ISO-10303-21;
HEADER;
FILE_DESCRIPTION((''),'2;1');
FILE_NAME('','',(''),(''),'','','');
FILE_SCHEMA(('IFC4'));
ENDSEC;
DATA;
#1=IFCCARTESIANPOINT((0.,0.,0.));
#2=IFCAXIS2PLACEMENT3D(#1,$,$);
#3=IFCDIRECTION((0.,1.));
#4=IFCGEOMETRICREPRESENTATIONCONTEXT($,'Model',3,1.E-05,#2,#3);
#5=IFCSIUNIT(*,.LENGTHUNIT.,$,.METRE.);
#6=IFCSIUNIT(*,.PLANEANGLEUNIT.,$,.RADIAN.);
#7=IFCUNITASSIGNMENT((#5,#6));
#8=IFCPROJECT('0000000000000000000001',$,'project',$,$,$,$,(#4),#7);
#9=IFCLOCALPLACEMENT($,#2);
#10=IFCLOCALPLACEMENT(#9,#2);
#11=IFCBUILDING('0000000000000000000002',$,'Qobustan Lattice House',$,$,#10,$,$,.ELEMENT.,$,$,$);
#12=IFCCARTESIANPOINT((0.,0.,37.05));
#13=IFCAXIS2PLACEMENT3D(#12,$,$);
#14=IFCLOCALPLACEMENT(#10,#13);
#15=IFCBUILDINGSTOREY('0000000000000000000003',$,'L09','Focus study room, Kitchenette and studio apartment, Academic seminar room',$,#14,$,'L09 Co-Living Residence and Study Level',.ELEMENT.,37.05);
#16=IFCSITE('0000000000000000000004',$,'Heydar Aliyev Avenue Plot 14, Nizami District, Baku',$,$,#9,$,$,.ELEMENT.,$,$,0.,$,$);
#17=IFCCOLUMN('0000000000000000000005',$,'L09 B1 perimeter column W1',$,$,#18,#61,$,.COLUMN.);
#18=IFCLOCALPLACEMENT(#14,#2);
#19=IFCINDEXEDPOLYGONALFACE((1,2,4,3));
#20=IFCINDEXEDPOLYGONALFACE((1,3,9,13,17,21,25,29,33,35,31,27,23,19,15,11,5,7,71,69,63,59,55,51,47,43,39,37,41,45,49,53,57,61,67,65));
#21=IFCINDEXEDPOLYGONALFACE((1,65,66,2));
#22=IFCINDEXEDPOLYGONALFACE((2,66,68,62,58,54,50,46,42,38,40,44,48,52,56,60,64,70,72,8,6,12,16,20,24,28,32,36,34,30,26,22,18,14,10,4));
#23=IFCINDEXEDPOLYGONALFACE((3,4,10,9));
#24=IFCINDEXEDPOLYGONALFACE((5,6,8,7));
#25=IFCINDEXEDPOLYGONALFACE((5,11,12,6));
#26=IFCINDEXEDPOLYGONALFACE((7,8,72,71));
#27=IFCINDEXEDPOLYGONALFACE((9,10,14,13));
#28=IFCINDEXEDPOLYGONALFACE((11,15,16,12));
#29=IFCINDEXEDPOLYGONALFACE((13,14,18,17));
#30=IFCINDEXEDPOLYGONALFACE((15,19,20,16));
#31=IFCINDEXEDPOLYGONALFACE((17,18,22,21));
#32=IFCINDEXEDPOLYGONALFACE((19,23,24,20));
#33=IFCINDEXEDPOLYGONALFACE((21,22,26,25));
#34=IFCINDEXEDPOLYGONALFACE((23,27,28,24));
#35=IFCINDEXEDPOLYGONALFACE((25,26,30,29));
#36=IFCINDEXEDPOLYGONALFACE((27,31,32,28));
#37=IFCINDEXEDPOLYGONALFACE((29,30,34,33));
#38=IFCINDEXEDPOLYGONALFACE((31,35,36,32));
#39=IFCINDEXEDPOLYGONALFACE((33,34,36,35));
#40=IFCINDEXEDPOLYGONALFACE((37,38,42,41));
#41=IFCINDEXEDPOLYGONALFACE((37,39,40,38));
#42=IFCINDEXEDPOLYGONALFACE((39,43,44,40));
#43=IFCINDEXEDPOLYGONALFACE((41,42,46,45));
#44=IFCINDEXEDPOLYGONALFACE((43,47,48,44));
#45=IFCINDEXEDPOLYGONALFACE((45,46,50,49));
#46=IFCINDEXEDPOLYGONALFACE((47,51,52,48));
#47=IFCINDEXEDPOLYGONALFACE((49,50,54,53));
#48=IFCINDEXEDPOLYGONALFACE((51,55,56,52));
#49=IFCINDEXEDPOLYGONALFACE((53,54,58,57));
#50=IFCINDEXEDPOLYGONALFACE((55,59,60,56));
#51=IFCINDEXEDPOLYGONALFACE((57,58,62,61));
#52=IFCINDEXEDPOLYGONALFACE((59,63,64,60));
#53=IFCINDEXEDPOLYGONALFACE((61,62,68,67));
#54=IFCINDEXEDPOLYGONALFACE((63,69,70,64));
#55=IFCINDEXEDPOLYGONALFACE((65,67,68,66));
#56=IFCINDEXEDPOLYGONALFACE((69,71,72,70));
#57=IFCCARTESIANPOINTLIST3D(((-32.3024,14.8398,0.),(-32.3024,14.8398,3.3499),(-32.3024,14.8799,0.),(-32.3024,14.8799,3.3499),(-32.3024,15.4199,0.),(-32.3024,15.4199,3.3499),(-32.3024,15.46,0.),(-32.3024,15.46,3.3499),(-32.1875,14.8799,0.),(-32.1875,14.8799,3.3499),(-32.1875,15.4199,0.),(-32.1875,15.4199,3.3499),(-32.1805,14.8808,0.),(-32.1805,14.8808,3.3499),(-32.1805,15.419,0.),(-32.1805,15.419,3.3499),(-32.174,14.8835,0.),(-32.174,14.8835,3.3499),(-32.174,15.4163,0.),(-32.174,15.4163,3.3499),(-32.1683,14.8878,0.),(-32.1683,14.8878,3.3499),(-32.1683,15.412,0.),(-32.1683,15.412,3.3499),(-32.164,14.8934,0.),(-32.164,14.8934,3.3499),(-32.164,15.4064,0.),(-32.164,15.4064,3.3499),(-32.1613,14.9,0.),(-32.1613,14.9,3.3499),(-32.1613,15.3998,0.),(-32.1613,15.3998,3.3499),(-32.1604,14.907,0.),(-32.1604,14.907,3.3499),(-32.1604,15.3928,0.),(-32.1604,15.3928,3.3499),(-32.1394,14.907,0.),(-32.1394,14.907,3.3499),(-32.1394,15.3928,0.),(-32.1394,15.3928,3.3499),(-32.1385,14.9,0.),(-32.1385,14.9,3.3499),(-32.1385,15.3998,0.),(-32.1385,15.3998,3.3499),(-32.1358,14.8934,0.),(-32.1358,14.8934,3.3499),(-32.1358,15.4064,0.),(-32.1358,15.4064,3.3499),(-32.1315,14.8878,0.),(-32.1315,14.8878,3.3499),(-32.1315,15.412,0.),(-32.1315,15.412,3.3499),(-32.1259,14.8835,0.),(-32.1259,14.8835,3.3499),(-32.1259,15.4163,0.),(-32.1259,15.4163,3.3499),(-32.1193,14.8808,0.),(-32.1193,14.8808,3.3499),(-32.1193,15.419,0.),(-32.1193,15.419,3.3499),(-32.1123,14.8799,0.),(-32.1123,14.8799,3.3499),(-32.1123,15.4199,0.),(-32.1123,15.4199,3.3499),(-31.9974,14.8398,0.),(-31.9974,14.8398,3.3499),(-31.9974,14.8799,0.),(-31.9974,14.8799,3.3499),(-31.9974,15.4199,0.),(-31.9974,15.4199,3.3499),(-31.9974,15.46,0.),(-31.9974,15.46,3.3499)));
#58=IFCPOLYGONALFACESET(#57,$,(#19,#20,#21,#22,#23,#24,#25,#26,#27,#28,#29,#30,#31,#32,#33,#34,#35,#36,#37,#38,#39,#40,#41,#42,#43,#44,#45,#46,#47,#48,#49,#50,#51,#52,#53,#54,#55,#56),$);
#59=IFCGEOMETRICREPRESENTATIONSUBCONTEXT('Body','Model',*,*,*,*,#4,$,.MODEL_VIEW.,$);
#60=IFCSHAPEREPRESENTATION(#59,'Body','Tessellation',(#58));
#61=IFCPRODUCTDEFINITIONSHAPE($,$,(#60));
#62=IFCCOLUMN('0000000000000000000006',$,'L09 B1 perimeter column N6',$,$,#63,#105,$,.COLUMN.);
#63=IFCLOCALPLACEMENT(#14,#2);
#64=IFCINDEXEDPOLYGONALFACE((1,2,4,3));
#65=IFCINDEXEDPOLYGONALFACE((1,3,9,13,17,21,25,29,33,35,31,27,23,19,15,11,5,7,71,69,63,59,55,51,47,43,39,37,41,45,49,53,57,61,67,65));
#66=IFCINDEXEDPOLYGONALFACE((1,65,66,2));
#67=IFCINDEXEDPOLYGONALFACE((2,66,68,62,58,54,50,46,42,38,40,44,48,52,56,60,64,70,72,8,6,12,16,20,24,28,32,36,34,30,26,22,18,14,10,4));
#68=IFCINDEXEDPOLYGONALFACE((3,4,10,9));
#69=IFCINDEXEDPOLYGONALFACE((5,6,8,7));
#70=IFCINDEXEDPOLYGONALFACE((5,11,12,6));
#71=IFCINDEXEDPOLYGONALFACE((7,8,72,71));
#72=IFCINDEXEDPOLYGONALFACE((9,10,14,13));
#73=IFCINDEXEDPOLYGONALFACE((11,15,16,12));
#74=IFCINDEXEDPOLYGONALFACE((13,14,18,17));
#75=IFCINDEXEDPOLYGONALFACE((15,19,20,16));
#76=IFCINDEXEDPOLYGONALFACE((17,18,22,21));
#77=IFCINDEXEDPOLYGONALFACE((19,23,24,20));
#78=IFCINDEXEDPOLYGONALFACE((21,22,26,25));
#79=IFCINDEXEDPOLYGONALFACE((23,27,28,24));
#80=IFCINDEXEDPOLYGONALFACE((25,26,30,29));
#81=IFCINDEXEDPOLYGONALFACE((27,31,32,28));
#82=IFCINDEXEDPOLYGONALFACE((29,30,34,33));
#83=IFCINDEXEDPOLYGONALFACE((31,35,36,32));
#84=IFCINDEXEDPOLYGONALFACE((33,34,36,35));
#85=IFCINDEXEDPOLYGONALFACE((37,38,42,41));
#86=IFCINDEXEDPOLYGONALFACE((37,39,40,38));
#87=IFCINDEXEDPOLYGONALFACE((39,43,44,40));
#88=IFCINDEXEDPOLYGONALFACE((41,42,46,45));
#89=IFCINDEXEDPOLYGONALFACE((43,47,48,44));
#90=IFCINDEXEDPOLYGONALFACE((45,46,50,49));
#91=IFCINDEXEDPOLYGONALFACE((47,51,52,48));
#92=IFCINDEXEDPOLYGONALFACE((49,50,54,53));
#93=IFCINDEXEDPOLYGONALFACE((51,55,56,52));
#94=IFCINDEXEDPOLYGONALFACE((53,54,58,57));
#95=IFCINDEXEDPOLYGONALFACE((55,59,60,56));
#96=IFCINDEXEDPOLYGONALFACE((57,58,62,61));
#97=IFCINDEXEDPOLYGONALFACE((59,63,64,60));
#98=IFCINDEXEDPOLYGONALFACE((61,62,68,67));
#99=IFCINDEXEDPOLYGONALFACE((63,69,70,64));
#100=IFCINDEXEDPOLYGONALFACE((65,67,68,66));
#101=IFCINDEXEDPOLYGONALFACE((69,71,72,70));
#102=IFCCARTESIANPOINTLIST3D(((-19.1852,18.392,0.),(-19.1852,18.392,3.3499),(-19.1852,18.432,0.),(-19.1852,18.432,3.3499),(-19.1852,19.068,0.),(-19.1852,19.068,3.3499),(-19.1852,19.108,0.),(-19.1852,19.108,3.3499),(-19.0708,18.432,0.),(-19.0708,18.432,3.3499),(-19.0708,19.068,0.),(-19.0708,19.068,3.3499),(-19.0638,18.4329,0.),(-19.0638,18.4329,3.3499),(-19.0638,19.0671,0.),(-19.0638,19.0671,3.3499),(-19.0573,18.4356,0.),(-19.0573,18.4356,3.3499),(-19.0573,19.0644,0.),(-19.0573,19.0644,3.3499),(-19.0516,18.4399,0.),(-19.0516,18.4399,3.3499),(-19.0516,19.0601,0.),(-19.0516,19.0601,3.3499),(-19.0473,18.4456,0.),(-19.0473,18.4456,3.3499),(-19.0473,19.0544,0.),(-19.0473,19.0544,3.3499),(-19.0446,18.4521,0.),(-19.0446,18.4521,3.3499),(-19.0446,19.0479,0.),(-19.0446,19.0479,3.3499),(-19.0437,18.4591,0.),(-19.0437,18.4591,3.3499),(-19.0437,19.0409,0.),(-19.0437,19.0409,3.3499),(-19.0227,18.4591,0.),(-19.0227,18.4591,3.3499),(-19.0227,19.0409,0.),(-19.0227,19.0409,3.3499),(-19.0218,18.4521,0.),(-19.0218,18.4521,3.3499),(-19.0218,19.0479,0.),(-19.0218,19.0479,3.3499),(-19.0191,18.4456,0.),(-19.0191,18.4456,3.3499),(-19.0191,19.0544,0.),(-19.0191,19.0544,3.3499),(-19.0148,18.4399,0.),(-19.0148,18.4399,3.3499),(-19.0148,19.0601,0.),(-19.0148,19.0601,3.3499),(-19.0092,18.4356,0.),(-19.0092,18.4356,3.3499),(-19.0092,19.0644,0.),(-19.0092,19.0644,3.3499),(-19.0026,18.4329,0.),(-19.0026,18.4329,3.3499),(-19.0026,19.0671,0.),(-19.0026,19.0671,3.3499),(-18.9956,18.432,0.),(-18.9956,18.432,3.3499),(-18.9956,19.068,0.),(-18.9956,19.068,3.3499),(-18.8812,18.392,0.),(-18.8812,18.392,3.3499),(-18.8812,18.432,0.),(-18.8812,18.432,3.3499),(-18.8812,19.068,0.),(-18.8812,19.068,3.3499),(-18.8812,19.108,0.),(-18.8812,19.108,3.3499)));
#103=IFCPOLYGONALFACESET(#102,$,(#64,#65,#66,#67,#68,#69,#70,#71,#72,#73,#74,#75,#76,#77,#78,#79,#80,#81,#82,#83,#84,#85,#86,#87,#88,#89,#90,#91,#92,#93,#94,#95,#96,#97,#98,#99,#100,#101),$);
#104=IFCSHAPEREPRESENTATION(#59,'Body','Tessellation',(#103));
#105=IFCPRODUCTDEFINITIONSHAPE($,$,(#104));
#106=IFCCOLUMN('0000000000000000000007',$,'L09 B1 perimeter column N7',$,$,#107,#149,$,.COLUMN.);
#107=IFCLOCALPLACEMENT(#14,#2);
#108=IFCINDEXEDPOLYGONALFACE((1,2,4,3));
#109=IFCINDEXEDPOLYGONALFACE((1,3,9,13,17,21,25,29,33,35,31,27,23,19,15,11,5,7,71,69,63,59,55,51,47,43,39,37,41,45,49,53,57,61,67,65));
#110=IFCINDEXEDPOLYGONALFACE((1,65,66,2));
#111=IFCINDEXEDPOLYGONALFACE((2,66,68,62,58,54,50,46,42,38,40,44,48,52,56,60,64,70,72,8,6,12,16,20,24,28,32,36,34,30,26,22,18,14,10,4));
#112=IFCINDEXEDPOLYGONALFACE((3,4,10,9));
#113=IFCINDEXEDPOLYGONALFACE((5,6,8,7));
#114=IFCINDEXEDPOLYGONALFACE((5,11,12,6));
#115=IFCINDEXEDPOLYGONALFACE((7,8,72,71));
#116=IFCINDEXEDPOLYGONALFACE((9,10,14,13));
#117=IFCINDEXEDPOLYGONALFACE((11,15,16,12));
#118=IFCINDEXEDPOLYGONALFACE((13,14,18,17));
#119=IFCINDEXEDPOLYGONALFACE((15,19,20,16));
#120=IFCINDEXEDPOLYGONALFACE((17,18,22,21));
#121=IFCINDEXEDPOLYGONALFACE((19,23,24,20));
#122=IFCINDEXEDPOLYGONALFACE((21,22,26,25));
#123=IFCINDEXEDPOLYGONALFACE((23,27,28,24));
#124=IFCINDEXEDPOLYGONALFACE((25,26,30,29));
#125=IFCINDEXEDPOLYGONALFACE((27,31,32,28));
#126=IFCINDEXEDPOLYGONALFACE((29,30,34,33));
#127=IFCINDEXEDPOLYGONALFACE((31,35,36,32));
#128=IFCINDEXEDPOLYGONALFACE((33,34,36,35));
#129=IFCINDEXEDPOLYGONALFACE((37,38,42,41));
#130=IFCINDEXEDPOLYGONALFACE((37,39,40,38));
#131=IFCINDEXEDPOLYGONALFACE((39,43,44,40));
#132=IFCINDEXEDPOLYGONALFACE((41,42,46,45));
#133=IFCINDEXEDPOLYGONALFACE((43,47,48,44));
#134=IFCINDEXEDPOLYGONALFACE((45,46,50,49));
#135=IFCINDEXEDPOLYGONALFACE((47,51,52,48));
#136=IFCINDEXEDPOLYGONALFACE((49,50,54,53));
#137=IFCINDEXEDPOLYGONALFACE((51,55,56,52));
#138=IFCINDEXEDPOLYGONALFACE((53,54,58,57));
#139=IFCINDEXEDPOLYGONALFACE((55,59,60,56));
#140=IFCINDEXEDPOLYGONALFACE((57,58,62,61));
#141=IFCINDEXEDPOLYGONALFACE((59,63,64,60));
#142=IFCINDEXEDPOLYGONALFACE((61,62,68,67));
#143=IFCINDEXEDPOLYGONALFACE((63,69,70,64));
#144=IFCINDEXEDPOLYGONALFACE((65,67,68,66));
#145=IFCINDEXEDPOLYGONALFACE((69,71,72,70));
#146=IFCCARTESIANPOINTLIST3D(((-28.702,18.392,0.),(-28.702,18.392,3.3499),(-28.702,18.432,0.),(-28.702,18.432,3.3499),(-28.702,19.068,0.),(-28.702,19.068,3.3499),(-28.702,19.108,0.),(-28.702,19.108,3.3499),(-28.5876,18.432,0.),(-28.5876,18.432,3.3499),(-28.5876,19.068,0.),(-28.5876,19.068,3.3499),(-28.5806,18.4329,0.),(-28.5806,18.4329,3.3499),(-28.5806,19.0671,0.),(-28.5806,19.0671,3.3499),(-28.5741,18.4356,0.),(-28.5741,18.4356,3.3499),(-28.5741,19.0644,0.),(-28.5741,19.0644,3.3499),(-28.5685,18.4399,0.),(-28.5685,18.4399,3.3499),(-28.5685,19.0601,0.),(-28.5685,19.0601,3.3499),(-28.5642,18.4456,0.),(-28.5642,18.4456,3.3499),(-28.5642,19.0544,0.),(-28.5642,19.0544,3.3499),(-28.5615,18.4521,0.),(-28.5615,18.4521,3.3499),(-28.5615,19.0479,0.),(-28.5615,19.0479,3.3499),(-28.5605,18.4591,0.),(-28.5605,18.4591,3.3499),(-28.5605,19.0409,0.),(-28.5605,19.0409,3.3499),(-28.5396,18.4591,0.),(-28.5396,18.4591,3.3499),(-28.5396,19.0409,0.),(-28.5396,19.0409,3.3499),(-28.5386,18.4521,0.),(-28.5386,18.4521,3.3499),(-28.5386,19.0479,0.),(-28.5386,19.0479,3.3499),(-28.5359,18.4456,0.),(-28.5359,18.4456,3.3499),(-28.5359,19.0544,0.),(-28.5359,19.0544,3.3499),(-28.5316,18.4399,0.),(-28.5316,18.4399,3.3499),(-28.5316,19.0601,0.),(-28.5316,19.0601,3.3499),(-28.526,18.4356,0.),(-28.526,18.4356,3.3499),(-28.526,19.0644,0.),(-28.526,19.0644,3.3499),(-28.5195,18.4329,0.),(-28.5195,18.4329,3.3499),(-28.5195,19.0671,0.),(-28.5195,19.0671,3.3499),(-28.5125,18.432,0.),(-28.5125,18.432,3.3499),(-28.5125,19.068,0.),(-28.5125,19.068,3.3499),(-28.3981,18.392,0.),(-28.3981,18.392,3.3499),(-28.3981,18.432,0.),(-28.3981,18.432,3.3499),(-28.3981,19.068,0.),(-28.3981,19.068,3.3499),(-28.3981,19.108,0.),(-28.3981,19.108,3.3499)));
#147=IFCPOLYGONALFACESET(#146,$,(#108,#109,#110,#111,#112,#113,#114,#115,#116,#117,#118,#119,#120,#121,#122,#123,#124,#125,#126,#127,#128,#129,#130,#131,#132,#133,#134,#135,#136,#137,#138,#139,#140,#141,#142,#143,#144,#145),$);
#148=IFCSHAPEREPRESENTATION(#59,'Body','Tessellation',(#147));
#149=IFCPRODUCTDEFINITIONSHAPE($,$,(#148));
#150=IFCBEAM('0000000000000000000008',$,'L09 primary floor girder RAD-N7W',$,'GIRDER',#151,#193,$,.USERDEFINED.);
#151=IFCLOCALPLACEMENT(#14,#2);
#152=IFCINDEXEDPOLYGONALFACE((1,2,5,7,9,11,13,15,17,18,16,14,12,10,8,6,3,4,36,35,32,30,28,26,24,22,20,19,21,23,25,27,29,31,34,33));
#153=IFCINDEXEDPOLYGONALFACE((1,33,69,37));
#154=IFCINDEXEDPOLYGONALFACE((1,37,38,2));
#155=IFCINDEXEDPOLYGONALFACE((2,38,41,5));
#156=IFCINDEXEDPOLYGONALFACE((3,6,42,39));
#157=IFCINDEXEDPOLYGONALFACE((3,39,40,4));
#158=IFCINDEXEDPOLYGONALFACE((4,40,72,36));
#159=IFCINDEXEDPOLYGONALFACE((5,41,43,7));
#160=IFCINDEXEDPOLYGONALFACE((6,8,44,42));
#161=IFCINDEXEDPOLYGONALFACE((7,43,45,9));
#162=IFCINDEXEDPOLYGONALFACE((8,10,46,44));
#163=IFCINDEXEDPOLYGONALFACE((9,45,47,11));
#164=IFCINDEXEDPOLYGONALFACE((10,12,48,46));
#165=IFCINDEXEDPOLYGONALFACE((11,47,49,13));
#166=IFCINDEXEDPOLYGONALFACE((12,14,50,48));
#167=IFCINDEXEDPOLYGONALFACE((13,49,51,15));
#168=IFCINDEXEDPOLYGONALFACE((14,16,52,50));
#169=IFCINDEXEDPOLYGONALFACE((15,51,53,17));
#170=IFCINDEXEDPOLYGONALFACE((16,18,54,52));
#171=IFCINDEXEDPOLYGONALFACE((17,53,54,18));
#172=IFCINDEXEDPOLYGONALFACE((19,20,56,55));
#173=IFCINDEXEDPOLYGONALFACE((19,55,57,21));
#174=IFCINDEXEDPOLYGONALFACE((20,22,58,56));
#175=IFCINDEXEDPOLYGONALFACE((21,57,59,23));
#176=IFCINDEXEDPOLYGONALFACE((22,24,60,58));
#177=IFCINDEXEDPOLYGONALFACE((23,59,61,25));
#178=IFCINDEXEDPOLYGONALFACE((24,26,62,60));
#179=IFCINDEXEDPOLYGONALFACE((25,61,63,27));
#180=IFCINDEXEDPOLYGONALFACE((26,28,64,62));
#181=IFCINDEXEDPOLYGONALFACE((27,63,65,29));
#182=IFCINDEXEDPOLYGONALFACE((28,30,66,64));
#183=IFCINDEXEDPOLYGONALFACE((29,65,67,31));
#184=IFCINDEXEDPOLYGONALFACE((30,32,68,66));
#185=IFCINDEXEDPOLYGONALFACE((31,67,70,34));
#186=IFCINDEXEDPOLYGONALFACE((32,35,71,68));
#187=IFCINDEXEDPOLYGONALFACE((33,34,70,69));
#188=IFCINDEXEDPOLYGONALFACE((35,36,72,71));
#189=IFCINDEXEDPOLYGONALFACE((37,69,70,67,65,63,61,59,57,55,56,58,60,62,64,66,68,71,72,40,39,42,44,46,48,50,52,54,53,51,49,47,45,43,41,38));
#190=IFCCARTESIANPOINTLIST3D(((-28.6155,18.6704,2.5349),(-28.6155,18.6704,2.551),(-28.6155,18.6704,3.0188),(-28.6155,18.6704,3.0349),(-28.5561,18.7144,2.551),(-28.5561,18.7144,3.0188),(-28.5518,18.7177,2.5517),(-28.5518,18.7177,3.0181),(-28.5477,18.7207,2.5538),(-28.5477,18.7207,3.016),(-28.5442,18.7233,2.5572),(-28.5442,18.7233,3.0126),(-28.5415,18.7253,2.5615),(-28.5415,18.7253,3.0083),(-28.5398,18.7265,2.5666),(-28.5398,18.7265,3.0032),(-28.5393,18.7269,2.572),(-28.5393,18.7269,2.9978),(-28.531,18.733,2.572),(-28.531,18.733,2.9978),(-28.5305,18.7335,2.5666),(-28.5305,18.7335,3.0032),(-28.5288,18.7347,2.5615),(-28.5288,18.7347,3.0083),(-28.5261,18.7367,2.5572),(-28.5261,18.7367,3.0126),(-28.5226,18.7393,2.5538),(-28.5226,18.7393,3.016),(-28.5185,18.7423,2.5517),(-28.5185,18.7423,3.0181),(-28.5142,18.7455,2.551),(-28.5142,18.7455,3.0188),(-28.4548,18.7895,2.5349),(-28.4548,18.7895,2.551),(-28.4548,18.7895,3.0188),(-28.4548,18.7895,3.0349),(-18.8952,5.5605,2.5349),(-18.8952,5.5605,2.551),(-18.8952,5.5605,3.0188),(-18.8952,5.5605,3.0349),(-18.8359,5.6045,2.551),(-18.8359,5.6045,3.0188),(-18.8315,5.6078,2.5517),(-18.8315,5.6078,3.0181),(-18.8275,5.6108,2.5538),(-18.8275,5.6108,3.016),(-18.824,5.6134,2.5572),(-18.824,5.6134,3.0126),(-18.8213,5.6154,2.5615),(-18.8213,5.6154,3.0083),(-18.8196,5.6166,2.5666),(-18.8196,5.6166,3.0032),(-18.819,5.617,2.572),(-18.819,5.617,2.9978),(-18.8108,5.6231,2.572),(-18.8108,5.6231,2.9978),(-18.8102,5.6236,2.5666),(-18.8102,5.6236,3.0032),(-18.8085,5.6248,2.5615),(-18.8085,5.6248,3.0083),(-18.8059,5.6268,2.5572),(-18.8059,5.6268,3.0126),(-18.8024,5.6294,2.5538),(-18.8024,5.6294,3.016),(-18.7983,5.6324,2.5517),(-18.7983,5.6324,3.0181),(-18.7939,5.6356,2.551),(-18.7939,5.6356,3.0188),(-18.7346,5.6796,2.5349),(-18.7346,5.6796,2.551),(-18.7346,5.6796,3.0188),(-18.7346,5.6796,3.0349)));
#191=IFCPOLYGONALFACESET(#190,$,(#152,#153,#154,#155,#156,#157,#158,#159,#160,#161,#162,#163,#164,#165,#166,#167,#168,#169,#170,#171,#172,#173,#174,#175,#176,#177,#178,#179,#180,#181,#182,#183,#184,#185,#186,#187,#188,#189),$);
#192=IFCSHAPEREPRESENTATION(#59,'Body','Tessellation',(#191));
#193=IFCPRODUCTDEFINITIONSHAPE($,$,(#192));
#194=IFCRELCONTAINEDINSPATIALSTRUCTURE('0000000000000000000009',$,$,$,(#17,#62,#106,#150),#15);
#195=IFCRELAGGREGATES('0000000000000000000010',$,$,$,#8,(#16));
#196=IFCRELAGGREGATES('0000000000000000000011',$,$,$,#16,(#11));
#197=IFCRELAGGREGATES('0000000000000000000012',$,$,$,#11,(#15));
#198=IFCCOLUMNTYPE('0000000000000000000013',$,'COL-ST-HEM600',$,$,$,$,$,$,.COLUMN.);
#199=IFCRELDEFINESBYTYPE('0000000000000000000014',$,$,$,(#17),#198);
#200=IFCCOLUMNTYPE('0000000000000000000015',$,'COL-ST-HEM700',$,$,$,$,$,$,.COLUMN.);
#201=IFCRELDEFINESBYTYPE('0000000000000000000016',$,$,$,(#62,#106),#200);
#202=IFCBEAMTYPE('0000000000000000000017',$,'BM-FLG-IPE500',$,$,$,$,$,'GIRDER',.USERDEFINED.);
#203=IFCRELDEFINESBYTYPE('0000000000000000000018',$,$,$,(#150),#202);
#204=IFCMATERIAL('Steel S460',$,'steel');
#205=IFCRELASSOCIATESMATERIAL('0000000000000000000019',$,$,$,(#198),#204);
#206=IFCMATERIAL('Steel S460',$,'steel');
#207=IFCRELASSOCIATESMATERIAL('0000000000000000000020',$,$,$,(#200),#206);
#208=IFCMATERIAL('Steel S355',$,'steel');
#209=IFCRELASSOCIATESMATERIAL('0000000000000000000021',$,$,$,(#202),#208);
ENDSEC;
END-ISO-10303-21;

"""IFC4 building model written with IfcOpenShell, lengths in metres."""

from ifc_helpers import new_model, si_unit, direction, frame, origin, origin_2d, place, context, subcontext, project, spatial, i_section, extrude, material, material_profile, profile_set, type_object, element, save


model = new_model("IFC4")

# Units and contexts
model_context = context("Model", 3, precision=1e-05, world=origin(), true_north=direction((0.0, 1.0)))
body_context = subcontext(model_context, "Body", "Model", "MODEL_VIEW")
ifc_project = project(units=[si_unit("LENGTHUNIT", "METRE"), si_unit("PLANEANGLEUNIT", "RADIAN")], contexts=[model_context])

# Site, building, storey
site_placement = place(None, origin())
site = spatial("IfcSite", under=ifc_project, at=site_placement, Name="Heydar Aliyev Avenue Plot 14, Nizami District, Baku", CompositionType="ELEMENT", RefElevation=0.0)
building_placement = place(site_placement, origin())
building = spatial("IfcBuilding", under=site, at=building_placement, Name="Qobustan Lattice House", CompositionType="ELEMENT")
storey_placement = place(building_placement, frame((0.0, 0.0, 37.05)))
storey = spatial("IfcBuildingStorey", under=building, at=storey_placement, Name="L09", Description="Focus study room, Kitchenette and studio apartment, Academic seminar room", LongName="L09 Co-Living Residence and Study Level", CompositionType="ELEMENT", Elevation=37.05)

# Columns
ifc_material_1 = material(Name="Steel S460", Category="steel")
ifc_material_profile_1 = material_profile(ifc_material_1, i_section(OverallWidth=0.3049, OverallDepth=0.6201, WebThickness=0.021, FlangeThickness=0.04, FilletRadius=0.0271, at=origin_2d()), Name="HEM600")
ifc_profile_set_1 = profile_set([ifc_material_profile_1], Name="Steel S460")
column_type_1 = type_object("IfcColumnType", Name="COL-ST-HEM600", PredefinedType="COLUMN", material=ifc_profile_set_1)
column_placement = place(storey_placement, frame((-32.1499, 15.1499, 0.0), z_axis=(0.0, 0.0, 1.0), x_axis=(1.0, 0.0, 0.0)))
element("IfcColumn", 1, at=column_placement, inside=storey, type_object=column_type_1, Name="L09 B1 perimeter column W1", PredefinedType="COLUMN", context=body_context, shape_type="SweptSolid", body=[
    extrude(i_section(OverallWidth=0.3049, OverallDepth=0.6201, WebThickness=0.021, FlangeThickness=0.04, FilletRadius=0.0271, at=origin_2d()), origin(), (0.0, 0.0, 1.0), 3.3499),
])
ifc_material_2 = material(Name="Steel S460", Category="steel")
ifc_material_profile_2 = material_profile(ifc_material_2, i_section(OverallWidth=0.304, OverallDepth=0.7161, WebThickness=0.021, FlangeThickness=0.04, FilletRadius=0.0271, at=origin_2d()), Name="HEM700")
ifc_profile_set_2 = profile_set([ifc_material_profile_2], Name="Steel S460")
column_type_2 = type_object("IfcColumnType", Name="COL-ST-HEM700", PredefinedType="COLUMN", material=ifc_profile_set_2)
for number, where, z_axis, x_axis, name in (
    (2, (-19.0332, 18.75, 0.0), (0.0, 0.0, 1.0), (1.0, 0.0, 0.0), "L09 B1 perimeter column N6"),
    (3, (-28.55, 18.75, 0.0), (0.0, 0.0, 1.0), (1.0, 0.0, 0.0), "L09 B1 perimeter column N7"),
):
    element("IfcColumn", number, at=place(storey_placement, frame(where, z_axis=z_axis, x_axis=x_axis)), inside=storey, type_object=column_type_2, Name=name, PredefinedType="COLUMN", context=body_context, shape_type="SweptSolid", body=[
        extrude(i_section(OverallWidth=0.304, OverallDepth=0.7161, WebThickness=0.021, FlangeThickness=0.04, FilletRadius=0.0271, at=origin_2d()), origin(), (0.0, 0.0, 1.0), 3.3499),
    ])

# Beam
ifc_material_3 = material(Name="Steel S355", Category="steel")
ifc_material_profile_3 = material_profile(ifc_material_3, i_section(OverallWidth=0.2, OverallDepth=0.5, WebThickness=0.0103, FlangeThickness=0.0161, FilletRadius=0.021, at=origin_2d()), Name="IPE500")
ifc_profile_set_3 = profile_set([ifc_material_profile_3], Name="Steel S355")
beam_type_1 = type_object("IfcBeamType", Name="BM-FLG-IPE500", ElementType="GIRDER", PredefinedType="USERDEFINED", material=ifc_profile_set_3)
beam_1_placement = place(storey_placement, frame((-28.5352, 18.73, 2.7849), z_axis=(0.595592, -0.803287, 0.0), x_axis=(0.803287, 0.595592, 0.0)))
element("IfcBeam", 4, at=beam_1_placement, inside=storey, type_object=beam_type_1, Name="L09 primary floor girder RAD-N7W", ObjectType="GIRDER", PredefinedType="USERDEFINED", context=body_context, shape_type="SweptSolid", body=[
    extrude(i_section(OverallWidth=0.2, OverallDepth=0.5, WebThickness=0.0103, FlangeThickness=0.0161, FilletRadius=0.021, at=origin_2d()), origin(), (0.0, 0.0, 1.0), 16.3203),
])

save(model, "model.ifc")
